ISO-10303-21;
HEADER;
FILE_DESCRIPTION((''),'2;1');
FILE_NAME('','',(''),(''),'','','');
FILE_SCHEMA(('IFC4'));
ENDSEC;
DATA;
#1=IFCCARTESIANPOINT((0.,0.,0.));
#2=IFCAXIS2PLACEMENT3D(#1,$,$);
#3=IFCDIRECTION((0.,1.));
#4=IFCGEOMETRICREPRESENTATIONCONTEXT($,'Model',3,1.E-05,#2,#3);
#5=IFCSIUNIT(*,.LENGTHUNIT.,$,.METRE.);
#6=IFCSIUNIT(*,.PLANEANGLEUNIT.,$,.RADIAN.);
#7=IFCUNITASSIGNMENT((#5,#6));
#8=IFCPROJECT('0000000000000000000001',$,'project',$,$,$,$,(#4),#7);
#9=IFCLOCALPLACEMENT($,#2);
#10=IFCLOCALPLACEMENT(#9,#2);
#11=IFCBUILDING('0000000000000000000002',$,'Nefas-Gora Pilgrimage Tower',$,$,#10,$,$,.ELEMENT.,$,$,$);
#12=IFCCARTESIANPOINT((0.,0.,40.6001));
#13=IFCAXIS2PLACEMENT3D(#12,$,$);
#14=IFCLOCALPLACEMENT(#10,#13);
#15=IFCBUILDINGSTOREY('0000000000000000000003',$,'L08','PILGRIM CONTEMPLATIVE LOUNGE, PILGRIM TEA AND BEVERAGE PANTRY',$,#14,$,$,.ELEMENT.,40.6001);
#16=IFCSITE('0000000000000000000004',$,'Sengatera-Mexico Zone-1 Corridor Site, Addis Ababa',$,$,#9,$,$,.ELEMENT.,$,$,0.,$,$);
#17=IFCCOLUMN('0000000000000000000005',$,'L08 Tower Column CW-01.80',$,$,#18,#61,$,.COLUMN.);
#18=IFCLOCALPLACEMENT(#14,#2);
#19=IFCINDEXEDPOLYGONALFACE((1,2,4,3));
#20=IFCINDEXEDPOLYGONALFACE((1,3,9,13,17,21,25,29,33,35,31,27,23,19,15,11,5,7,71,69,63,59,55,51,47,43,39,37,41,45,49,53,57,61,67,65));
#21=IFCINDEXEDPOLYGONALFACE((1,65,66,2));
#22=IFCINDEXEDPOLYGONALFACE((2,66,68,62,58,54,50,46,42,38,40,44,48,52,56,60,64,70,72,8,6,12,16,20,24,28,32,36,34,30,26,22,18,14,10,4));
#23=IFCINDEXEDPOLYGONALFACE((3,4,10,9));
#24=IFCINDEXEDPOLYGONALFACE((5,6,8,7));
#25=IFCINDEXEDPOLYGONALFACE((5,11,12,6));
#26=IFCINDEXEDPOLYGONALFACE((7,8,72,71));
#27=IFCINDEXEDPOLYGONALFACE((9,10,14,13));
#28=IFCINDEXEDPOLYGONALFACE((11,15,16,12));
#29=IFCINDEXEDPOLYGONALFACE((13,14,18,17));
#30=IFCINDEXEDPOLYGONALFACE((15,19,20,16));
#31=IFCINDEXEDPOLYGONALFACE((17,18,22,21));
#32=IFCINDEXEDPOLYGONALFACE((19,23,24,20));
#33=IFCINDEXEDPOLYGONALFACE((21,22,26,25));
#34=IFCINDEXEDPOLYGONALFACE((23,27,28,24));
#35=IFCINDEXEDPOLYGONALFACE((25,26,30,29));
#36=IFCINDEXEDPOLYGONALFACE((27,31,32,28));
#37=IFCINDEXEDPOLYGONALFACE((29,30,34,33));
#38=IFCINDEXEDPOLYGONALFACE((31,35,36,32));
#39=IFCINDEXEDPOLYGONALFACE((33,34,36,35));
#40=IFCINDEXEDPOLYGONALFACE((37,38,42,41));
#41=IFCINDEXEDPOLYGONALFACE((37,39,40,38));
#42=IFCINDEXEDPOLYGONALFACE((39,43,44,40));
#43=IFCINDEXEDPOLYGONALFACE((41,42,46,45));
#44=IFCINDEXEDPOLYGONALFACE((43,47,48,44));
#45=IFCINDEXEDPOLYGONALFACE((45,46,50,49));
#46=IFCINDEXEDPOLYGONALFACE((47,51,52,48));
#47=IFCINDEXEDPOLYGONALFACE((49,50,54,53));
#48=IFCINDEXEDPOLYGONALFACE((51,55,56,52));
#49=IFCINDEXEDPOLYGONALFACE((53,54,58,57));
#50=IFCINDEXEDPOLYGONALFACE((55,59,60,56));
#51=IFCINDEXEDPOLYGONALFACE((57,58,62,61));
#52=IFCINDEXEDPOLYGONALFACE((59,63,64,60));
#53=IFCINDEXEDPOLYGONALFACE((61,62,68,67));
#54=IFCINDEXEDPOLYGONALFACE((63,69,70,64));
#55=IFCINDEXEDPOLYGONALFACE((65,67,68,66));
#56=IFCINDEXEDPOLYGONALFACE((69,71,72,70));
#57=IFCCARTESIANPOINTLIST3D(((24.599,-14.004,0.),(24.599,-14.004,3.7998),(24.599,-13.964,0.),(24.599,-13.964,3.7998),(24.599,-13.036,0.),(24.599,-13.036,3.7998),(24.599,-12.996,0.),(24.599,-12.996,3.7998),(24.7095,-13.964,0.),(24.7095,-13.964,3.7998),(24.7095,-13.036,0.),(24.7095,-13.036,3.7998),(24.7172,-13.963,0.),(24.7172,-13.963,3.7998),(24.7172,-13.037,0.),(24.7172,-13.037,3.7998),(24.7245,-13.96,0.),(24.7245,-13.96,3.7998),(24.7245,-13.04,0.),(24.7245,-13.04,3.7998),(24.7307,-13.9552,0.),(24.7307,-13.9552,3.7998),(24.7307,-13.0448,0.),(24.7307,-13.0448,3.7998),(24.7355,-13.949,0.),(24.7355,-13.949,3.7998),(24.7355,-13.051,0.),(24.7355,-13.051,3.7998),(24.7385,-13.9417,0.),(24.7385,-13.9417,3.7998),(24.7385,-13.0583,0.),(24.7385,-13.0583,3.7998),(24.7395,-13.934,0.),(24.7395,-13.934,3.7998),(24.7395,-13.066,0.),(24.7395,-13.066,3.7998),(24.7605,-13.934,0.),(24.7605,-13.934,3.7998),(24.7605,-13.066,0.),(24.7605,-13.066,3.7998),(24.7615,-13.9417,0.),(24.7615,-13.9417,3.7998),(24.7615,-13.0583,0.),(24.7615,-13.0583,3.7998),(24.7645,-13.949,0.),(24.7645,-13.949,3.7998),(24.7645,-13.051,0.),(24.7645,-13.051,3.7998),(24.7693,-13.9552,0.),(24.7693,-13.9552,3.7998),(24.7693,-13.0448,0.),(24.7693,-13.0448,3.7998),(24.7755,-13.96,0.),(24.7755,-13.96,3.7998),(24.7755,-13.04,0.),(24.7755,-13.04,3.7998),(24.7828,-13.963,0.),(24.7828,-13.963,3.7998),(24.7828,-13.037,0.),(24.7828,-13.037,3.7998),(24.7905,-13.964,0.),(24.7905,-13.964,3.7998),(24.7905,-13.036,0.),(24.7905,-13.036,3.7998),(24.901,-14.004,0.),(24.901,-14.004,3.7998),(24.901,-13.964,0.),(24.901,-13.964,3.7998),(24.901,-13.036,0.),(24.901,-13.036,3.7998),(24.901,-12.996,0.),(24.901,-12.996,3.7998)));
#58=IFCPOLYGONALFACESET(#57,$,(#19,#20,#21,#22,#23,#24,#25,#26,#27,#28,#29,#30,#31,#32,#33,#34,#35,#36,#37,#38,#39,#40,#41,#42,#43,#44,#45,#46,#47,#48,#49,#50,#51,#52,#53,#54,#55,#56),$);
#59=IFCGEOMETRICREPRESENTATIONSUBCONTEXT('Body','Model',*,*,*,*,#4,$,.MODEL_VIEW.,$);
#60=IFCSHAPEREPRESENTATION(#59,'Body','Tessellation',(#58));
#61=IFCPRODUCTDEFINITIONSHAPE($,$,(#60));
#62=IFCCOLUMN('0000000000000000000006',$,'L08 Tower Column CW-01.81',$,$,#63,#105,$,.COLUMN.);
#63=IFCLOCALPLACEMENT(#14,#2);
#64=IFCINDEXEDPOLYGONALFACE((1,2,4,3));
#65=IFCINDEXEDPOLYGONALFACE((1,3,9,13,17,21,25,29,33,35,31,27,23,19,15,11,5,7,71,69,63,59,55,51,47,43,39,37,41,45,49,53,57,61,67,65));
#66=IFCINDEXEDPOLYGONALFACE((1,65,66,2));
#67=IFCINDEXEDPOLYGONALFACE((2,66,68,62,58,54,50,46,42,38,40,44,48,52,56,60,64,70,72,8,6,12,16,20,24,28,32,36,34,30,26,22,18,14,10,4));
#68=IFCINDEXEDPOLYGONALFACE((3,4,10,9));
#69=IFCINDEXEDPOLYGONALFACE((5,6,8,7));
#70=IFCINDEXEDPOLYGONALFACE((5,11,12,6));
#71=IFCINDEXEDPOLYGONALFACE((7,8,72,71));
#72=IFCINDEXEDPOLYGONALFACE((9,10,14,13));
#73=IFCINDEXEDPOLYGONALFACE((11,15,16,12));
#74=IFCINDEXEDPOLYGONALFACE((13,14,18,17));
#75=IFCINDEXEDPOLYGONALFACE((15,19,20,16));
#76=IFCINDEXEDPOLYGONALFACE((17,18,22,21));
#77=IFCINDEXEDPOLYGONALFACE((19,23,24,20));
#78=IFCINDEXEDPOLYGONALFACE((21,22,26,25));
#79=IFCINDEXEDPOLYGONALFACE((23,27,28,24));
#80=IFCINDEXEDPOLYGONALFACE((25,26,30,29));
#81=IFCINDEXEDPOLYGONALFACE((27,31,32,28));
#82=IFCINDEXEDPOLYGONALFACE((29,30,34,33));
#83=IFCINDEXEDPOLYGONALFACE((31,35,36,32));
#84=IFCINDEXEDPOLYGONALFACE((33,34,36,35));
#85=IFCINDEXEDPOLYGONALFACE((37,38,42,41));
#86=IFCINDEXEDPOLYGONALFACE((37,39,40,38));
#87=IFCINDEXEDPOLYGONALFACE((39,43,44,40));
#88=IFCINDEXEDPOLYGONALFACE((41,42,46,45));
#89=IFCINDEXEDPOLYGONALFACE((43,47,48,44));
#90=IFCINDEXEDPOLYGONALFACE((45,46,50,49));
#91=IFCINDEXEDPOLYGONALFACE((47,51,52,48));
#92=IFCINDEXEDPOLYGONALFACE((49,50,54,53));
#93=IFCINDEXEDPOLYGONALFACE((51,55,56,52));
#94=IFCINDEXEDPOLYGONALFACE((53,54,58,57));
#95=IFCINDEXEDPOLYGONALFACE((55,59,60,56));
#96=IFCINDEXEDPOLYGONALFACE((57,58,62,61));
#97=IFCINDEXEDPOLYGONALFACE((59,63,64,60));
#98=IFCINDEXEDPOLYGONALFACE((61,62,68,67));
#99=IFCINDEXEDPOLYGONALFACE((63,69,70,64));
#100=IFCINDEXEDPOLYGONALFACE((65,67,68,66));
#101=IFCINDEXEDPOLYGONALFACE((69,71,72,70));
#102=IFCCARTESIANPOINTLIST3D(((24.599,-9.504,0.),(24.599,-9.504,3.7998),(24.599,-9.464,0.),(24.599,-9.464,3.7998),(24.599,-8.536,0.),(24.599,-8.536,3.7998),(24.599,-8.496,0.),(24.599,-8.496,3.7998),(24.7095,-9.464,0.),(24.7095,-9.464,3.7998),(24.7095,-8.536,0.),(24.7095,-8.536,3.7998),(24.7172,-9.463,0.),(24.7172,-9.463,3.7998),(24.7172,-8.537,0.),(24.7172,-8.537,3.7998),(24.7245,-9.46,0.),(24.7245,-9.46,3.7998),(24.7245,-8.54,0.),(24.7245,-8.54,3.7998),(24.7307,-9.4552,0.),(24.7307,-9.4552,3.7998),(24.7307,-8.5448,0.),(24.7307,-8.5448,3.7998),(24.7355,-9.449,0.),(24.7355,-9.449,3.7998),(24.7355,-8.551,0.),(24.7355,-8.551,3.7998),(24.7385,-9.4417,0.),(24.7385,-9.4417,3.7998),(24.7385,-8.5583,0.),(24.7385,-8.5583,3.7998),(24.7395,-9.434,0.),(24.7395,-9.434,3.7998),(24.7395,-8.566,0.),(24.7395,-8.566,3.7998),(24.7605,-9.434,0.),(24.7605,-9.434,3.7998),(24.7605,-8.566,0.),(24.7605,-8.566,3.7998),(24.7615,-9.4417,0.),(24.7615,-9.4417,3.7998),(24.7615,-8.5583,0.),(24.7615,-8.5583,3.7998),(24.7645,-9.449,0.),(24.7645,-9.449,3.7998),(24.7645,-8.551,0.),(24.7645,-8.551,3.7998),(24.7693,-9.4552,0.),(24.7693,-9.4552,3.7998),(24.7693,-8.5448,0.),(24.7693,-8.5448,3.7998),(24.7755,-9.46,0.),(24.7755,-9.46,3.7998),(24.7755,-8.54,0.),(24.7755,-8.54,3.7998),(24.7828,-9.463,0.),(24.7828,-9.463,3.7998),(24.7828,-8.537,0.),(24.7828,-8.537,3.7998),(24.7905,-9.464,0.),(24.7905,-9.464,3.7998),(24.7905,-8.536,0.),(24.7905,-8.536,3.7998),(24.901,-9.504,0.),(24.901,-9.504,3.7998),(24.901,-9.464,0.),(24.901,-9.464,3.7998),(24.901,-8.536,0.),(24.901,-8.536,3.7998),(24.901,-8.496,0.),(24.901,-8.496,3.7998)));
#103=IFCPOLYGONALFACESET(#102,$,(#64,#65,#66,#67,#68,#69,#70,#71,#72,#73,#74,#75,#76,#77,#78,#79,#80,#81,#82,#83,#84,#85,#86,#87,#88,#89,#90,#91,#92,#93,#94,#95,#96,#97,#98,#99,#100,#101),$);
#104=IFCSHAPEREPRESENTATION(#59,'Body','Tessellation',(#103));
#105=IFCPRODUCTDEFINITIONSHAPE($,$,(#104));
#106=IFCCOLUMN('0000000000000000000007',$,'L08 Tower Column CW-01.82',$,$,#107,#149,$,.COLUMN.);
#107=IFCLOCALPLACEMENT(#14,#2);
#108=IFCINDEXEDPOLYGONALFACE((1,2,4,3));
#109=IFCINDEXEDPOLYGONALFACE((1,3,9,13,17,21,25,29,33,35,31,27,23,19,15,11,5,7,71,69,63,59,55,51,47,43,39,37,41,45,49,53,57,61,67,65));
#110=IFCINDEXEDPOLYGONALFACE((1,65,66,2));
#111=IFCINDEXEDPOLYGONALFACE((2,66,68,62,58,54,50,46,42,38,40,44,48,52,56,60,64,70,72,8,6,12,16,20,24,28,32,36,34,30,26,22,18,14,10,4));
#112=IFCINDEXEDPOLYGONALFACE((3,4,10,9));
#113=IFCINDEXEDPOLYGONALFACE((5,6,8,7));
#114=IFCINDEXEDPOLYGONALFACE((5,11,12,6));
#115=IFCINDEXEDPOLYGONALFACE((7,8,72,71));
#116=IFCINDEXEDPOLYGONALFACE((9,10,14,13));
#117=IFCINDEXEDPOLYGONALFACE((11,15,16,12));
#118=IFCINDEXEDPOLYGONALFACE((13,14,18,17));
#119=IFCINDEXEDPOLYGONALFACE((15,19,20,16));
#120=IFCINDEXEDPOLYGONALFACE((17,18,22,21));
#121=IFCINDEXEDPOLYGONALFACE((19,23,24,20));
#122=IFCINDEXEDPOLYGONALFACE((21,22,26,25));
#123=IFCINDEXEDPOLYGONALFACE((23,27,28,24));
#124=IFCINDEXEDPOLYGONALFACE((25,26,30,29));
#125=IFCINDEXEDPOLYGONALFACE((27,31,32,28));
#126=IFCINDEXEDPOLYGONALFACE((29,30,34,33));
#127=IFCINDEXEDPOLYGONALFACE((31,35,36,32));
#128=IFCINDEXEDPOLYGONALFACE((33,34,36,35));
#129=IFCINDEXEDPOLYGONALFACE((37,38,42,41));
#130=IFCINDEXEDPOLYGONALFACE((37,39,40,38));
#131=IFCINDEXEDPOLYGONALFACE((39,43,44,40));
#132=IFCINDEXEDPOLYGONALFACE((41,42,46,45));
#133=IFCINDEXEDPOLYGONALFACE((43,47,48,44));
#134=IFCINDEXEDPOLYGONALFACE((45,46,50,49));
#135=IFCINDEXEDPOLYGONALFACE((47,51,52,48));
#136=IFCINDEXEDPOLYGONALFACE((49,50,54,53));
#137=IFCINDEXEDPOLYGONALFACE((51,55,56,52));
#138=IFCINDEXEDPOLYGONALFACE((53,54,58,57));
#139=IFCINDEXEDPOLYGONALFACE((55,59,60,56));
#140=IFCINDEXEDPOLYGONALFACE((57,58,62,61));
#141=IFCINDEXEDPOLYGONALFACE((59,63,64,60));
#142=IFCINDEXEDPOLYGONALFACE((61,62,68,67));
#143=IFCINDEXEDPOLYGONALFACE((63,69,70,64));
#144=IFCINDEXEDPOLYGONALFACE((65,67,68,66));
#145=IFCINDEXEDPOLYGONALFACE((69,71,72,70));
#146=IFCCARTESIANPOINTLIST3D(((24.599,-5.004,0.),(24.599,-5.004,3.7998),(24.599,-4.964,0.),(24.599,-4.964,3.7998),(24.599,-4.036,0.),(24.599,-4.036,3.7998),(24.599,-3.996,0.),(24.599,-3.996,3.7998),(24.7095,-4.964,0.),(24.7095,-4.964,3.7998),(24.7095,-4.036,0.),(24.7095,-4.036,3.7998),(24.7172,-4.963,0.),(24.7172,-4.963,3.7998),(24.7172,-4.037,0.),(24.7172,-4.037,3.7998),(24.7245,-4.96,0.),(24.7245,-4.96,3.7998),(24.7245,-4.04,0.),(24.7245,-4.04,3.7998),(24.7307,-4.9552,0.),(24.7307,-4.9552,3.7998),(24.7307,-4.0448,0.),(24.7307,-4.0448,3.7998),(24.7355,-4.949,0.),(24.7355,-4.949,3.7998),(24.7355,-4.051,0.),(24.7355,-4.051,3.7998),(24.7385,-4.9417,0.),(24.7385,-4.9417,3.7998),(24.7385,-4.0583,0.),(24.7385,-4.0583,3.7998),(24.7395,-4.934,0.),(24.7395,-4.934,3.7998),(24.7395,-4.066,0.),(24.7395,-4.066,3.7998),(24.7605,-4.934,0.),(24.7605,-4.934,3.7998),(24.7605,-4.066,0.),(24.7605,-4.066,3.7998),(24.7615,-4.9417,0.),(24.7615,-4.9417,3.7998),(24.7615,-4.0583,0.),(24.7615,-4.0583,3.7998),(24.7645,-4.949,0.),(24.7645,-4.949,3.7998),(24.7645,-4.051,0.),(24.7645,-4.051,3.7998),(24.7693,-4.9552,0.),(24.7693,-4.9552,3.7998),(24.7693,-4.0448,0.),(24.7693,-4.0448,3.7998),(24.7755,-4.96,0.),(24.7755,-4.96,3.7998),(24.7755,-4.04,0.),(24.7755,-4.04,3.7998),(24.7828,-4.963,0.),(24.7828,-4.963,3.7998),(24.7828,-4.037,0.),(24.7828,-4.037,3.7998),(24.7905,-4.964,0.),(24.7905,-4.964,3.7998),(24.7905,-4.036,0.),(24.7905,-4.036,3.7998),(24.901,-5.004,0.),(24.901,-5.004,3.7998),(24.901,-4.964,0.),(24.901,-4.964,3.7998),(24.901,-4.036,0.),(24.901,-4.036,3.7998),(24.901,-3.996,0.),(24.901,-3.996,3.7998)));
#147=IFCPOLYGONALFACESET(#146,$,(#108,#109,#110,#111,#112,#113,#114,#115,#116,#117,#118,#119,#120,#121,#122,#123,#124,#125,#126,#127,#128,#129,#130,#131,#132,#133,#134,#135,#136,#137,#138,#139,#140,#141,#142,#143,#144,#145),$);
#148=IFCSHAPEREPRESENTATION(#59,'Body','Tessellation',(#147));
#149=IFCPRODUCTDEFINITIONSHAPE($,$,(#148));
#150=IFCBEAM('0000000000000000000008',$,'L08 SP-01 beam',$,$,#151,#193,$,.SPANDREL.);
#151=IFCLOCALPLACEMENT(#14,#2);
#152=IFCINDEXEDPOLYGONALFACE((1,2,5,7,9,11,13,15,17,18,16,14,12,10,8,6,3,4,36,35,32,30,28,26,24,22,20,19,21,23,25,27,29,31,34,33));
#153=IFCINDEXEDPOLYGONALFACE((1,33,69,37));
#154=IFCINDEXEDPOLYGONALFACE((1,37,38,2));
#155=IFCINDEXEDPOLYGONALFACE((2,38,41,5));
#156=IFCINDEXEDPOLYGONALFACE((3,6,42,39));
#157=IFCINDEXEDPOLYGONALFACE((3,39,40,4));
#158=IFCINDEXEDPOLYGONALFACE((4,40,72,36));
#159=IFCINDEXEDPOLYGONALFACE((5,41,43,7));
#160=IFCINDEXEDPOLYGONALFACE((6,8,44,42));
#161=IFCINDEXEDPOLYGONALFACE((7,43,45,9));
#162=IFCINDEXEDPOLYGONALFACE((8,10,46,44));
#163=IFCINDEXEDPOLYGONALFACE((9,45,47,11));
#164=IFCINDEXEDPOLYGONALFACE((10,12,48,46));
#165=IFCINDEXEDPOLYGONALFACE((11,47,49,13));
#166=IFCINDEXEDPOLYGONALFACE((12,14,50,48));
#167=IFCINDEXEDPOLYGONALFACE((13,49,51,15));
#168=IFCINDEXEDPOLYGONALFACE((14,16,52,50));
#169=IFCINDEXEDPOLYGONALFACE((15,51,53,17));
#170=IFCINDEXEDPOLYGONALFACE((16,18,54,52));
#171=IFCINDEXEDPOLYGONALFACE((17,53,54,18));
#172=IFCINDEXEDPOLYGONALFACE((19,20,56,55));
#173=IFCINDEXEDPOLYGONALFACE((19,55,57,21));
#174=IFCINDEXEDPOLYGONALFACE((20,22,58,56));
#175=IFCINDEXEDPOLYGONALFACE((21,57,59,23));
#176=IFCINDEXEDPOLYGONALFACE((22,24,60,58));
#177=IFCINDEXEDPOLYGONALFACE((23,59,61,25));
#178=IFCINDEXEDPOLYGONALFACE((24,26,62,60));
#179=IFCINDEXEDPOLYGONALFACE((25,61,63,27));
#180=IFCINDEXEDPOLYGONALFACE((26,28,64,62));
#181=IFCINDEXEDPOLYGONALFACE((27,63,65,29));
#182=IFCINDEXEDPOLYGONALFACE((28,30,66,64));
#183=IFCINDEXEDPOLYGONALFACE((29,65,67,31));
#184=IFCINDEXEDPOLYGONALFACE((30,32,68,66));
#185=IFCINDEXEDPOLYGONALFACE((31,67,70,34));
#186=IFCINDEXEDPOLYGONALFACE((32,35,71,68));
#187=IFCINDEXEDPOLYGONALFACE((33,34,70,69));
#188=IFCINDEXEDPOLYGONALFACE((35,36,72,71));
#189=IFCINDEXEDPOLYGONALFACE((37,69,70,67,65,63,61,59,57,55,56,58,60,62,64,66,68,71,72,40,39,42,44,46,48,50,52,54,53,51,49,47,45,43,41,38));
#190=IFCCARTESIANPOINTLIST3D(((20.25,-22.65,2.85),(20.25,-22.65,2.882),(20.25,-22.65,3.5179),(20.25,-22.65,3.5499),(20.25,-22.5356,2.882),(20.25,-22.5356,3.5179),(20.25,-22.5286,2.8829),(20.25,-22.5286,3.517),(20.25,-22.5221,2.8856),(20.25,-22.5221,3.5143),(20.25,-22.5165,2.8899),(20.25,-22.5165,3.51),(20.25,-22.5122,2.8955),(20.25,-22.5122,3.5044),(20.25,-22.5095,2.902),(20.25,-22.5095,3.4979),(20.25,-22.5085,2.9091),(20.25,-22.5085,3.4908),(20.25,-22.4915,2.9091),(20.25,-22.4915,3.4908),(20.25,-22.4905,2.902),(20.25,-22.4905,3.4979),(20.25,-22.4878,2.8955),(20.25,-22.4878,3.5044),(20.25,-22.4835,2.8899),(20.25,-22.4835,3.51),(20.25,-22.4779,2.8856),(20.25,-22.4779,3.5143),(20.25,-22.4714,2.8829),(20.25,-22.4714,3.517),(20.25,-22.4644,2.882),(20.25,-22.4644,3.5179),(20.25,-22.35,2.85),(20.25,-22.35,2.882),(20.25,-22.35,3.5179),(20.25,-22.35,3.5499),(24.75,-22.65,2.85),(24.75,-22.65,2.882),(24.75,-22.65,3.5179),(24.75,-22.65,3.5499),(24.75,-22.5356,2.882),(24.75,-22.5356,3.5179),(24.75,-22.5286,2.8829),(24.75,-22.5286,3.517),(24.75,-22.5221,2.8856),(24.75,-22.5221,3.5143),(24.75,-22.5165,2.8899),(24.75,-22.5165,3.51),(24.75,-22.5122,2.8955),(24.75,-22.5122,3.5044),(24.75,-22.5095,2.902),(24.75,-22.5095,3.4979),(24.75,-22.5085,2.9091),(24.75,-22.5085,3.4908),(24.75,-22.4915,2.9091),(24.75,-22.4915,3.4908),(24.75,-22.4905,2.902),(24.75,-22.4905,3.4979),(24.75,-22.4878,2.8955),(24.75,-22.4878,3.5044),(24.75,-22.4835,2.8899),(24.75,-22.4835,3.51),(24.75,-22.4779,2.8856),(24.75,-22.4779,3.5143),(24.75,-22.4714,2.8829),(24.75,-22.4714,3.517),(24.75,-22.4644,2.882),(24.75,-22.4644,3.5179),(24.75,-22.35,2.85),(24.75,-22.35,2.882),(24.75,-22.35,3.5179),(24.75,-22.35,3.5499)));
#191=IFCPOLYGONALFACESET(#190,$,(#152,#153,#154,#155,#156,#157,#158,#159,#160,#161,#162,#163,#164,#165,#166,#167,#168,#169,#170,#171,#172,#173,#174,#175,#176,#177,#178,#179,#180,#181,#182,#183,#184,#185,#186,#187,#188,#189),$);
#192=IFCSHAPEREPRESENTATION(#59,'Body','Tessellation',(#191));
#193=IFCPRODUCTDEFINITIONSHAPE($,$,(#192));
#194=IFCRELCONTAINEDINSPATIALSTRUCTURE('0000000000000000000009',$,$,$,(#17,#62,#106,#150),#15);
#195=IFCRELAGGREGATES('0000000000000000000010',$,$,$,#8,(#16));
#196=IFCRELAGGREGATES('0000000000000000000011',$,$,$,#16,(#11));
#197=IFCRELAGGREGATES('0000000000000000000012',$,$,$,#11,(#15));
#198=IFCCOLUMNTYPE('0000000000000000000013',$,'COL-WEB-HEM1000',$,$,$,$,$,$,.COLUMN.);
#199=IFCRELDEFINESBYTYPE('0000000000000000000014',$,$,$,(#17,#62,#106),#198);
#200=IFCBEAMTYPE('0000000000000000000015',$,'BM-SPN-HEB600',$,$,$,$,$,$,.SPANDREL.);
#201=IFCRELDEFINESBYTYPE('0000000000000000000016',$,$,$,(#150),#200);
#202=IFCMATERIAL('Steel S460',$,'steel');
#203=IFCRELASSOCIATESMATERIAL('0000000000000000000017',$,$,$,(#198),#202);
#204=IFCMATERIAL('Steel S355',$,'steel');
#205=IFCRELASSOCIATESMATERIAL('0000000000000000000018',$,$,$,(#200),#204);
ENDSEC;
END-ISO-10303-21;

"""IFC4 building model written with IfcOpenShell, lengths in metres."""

from ifc_helpers import new_model, si_unit, direction, frame, origin, origin_2d, place, context, subcontext, project, spatial, i_section, extrude, source, transform, mapped, material, material_profile, profile_set, type_object, element, save


model = new_model("IFC4")

# Units and contexts
model_context = context("Model", 3, precision=1e-05, world=origin(), true_north=direction((0.0, 1.0)))
body_context = subcontext(model_context, "Body", "Model", "MODEL_VIEW")
ifc_project = project(units=[si_unit("LENGTHUNIT", "METRE"), si_unit("PLANEANGLEUNIT", "RADIAN")], contexts=[model_context])

# Site, building, storey
site_placement = place(None, origin())
site = spatial("IfcSite", under=ifc_project, at=site_placement, Name="Sengatera-Mexico Zone-1 Corridor Site, Addis Ababa", CompositionType="ELEMENT", RefElevation=0.0)
building_placement = place(site_placement, origin())
building = spatial("IfcBuilding", under=site, at=building_placement, Name="Nefas-Gora Pilgrimage Tower", CompositionType="ELEMENT")
storey_placement = place(building_placement, frame((0.0, 0.0, 40.6001)))
storey = spatial("IfcBuildingStorey", under=building, at=storey_placement, Name="L08", Description="PILGRIM CONTEMPLATIVE LOUNGE, PILGRIM TEA AND BEVERAGE PANTRY", CompositionType="ELEMENT", Elevation=40.6001)

# Columns
ifc_material_1 = material(Name="Steel S460", Category="steel")
ifc_material_profile_1 = material_profile(ifc_material_1, i_section(OverallWidth=0.302, OverallDepth=1.0081, WebThickness=0.021, FlangeThickness=0.04, FilletRadius=0.03, at=origin_2d()), Name="HEM 1000")
ifc_profile_set_1 = profile_set([ifc_material_profile_1], Name="Steel S460")
column_type_1 = type_object("IfcColumnType", Name="COL-WEB-HEM1000", PredefinedType="COLUMN", material=ifc_profile_set_1)
shared_shape_1 = source(origin(), body_context, "Body", "SweptSolid", [
    extrude(i_section(OverallWidth=0.302, OverallDepth=1.0081, WebThickness=0.021, FlangeThickness=0.04, FilletRadius=0.03, at=origin_2d()), origin(), (0.0, 0.0, 1.0), 3.7998),
])
for number, where, z_axis, x_axis, name in (
    (1, (24.75, -13.5, 0.0), (0.0, 0.0, 1.0), (1.0, 0.0, 0.0), "L08 Tower Column CW-01.80"),
    (2, (24.75, -9.0, 0.0), (0.0, 0.0, 1.0), (1.0, 0.0, 0.0), "L08 Tower Column CW-01.81"),
    (3, (24.75, -4.5, 0.0), (0.0, 0.0, 1.0), (1.0, 0.0, 0.0), "L08 Tower Column CW-01.82"),
):
    element("IfcColumn", number, at=place(storey_placement, frame(where, z_axis=z_axis, x_axis=x_axis)), inside=storey, type_object=column_type_1, Name=name, PredefinedType="COLUMN", context=body_context, shape_type="MappedRepresentation", body=[
        mapped(shared_shape_1, transform((0.0, 0.0, 0.0), x_axis=(1.0, 0.0, 0.0), y_axis=(0.0, 1.0, 0.0), z_axis=(0.0, 0.0, 1.0), scale=1.0)),
    ])

# Beam
ifc_material_2 = material(Name="Steel S355", Category="steel")
ifc_material_profile_2 = material_profile(ifc_material_2, i_section(OverallWidth=0.3, OverallDepth=0.7, WebThickness=0.0171, FlangeThickness=0.032, FilletRadius=0.0271, at=origin_2d()), Name="HEB 700")
ifc_profile_set_2 = profile_set([ifc_material_profile_2], Name="Steel S355")
beam_type_1 = type_object("IfcBeamType", Name="BM-SPN-HEB600", PredefinedType="SPANDREL", material=ifc_profile_set_2)
shared_shape_2 = source(origin(), body_context, "Body", "SweptSolid", [
    extrude(i_section(OverallWidth=0.3, OverallDepth=0.7, WebThickness=0.0171, FlangeThickness=0.032, FilletRadius=0.0271, at=origin_2d()), origin(), (0.0, 0.0, 1.0), 4.5),
])
for number, where, z_axis, x_axis, name in (
    (4, (20.25, -22.5, 3.2), (1.0, 0.0, 0.0), (0.0, 1.0, 0.0), "L08 SP-01 beam"),
):
    element("IfcBeam", number, at=place(storey_placement, frame(where, z_axis=z_axis, x_axis=x_axis)), inside=storey, type_object=beam_type_1, Name=name, PredefinedType="SPANDREL", context=body_context, shape_type="MappedRepresentation", body=[
        mapped(shared_shape_2, transform((0.0, 0.0, 0.0), x_axis=(1.0, 0.0, 0.0), y_axis=(0.0, 1.0, 0.0), z_axis=(0.0, 0.0, 1.0), scale=1.0)),
    ])

save(model, "model.ifc")
